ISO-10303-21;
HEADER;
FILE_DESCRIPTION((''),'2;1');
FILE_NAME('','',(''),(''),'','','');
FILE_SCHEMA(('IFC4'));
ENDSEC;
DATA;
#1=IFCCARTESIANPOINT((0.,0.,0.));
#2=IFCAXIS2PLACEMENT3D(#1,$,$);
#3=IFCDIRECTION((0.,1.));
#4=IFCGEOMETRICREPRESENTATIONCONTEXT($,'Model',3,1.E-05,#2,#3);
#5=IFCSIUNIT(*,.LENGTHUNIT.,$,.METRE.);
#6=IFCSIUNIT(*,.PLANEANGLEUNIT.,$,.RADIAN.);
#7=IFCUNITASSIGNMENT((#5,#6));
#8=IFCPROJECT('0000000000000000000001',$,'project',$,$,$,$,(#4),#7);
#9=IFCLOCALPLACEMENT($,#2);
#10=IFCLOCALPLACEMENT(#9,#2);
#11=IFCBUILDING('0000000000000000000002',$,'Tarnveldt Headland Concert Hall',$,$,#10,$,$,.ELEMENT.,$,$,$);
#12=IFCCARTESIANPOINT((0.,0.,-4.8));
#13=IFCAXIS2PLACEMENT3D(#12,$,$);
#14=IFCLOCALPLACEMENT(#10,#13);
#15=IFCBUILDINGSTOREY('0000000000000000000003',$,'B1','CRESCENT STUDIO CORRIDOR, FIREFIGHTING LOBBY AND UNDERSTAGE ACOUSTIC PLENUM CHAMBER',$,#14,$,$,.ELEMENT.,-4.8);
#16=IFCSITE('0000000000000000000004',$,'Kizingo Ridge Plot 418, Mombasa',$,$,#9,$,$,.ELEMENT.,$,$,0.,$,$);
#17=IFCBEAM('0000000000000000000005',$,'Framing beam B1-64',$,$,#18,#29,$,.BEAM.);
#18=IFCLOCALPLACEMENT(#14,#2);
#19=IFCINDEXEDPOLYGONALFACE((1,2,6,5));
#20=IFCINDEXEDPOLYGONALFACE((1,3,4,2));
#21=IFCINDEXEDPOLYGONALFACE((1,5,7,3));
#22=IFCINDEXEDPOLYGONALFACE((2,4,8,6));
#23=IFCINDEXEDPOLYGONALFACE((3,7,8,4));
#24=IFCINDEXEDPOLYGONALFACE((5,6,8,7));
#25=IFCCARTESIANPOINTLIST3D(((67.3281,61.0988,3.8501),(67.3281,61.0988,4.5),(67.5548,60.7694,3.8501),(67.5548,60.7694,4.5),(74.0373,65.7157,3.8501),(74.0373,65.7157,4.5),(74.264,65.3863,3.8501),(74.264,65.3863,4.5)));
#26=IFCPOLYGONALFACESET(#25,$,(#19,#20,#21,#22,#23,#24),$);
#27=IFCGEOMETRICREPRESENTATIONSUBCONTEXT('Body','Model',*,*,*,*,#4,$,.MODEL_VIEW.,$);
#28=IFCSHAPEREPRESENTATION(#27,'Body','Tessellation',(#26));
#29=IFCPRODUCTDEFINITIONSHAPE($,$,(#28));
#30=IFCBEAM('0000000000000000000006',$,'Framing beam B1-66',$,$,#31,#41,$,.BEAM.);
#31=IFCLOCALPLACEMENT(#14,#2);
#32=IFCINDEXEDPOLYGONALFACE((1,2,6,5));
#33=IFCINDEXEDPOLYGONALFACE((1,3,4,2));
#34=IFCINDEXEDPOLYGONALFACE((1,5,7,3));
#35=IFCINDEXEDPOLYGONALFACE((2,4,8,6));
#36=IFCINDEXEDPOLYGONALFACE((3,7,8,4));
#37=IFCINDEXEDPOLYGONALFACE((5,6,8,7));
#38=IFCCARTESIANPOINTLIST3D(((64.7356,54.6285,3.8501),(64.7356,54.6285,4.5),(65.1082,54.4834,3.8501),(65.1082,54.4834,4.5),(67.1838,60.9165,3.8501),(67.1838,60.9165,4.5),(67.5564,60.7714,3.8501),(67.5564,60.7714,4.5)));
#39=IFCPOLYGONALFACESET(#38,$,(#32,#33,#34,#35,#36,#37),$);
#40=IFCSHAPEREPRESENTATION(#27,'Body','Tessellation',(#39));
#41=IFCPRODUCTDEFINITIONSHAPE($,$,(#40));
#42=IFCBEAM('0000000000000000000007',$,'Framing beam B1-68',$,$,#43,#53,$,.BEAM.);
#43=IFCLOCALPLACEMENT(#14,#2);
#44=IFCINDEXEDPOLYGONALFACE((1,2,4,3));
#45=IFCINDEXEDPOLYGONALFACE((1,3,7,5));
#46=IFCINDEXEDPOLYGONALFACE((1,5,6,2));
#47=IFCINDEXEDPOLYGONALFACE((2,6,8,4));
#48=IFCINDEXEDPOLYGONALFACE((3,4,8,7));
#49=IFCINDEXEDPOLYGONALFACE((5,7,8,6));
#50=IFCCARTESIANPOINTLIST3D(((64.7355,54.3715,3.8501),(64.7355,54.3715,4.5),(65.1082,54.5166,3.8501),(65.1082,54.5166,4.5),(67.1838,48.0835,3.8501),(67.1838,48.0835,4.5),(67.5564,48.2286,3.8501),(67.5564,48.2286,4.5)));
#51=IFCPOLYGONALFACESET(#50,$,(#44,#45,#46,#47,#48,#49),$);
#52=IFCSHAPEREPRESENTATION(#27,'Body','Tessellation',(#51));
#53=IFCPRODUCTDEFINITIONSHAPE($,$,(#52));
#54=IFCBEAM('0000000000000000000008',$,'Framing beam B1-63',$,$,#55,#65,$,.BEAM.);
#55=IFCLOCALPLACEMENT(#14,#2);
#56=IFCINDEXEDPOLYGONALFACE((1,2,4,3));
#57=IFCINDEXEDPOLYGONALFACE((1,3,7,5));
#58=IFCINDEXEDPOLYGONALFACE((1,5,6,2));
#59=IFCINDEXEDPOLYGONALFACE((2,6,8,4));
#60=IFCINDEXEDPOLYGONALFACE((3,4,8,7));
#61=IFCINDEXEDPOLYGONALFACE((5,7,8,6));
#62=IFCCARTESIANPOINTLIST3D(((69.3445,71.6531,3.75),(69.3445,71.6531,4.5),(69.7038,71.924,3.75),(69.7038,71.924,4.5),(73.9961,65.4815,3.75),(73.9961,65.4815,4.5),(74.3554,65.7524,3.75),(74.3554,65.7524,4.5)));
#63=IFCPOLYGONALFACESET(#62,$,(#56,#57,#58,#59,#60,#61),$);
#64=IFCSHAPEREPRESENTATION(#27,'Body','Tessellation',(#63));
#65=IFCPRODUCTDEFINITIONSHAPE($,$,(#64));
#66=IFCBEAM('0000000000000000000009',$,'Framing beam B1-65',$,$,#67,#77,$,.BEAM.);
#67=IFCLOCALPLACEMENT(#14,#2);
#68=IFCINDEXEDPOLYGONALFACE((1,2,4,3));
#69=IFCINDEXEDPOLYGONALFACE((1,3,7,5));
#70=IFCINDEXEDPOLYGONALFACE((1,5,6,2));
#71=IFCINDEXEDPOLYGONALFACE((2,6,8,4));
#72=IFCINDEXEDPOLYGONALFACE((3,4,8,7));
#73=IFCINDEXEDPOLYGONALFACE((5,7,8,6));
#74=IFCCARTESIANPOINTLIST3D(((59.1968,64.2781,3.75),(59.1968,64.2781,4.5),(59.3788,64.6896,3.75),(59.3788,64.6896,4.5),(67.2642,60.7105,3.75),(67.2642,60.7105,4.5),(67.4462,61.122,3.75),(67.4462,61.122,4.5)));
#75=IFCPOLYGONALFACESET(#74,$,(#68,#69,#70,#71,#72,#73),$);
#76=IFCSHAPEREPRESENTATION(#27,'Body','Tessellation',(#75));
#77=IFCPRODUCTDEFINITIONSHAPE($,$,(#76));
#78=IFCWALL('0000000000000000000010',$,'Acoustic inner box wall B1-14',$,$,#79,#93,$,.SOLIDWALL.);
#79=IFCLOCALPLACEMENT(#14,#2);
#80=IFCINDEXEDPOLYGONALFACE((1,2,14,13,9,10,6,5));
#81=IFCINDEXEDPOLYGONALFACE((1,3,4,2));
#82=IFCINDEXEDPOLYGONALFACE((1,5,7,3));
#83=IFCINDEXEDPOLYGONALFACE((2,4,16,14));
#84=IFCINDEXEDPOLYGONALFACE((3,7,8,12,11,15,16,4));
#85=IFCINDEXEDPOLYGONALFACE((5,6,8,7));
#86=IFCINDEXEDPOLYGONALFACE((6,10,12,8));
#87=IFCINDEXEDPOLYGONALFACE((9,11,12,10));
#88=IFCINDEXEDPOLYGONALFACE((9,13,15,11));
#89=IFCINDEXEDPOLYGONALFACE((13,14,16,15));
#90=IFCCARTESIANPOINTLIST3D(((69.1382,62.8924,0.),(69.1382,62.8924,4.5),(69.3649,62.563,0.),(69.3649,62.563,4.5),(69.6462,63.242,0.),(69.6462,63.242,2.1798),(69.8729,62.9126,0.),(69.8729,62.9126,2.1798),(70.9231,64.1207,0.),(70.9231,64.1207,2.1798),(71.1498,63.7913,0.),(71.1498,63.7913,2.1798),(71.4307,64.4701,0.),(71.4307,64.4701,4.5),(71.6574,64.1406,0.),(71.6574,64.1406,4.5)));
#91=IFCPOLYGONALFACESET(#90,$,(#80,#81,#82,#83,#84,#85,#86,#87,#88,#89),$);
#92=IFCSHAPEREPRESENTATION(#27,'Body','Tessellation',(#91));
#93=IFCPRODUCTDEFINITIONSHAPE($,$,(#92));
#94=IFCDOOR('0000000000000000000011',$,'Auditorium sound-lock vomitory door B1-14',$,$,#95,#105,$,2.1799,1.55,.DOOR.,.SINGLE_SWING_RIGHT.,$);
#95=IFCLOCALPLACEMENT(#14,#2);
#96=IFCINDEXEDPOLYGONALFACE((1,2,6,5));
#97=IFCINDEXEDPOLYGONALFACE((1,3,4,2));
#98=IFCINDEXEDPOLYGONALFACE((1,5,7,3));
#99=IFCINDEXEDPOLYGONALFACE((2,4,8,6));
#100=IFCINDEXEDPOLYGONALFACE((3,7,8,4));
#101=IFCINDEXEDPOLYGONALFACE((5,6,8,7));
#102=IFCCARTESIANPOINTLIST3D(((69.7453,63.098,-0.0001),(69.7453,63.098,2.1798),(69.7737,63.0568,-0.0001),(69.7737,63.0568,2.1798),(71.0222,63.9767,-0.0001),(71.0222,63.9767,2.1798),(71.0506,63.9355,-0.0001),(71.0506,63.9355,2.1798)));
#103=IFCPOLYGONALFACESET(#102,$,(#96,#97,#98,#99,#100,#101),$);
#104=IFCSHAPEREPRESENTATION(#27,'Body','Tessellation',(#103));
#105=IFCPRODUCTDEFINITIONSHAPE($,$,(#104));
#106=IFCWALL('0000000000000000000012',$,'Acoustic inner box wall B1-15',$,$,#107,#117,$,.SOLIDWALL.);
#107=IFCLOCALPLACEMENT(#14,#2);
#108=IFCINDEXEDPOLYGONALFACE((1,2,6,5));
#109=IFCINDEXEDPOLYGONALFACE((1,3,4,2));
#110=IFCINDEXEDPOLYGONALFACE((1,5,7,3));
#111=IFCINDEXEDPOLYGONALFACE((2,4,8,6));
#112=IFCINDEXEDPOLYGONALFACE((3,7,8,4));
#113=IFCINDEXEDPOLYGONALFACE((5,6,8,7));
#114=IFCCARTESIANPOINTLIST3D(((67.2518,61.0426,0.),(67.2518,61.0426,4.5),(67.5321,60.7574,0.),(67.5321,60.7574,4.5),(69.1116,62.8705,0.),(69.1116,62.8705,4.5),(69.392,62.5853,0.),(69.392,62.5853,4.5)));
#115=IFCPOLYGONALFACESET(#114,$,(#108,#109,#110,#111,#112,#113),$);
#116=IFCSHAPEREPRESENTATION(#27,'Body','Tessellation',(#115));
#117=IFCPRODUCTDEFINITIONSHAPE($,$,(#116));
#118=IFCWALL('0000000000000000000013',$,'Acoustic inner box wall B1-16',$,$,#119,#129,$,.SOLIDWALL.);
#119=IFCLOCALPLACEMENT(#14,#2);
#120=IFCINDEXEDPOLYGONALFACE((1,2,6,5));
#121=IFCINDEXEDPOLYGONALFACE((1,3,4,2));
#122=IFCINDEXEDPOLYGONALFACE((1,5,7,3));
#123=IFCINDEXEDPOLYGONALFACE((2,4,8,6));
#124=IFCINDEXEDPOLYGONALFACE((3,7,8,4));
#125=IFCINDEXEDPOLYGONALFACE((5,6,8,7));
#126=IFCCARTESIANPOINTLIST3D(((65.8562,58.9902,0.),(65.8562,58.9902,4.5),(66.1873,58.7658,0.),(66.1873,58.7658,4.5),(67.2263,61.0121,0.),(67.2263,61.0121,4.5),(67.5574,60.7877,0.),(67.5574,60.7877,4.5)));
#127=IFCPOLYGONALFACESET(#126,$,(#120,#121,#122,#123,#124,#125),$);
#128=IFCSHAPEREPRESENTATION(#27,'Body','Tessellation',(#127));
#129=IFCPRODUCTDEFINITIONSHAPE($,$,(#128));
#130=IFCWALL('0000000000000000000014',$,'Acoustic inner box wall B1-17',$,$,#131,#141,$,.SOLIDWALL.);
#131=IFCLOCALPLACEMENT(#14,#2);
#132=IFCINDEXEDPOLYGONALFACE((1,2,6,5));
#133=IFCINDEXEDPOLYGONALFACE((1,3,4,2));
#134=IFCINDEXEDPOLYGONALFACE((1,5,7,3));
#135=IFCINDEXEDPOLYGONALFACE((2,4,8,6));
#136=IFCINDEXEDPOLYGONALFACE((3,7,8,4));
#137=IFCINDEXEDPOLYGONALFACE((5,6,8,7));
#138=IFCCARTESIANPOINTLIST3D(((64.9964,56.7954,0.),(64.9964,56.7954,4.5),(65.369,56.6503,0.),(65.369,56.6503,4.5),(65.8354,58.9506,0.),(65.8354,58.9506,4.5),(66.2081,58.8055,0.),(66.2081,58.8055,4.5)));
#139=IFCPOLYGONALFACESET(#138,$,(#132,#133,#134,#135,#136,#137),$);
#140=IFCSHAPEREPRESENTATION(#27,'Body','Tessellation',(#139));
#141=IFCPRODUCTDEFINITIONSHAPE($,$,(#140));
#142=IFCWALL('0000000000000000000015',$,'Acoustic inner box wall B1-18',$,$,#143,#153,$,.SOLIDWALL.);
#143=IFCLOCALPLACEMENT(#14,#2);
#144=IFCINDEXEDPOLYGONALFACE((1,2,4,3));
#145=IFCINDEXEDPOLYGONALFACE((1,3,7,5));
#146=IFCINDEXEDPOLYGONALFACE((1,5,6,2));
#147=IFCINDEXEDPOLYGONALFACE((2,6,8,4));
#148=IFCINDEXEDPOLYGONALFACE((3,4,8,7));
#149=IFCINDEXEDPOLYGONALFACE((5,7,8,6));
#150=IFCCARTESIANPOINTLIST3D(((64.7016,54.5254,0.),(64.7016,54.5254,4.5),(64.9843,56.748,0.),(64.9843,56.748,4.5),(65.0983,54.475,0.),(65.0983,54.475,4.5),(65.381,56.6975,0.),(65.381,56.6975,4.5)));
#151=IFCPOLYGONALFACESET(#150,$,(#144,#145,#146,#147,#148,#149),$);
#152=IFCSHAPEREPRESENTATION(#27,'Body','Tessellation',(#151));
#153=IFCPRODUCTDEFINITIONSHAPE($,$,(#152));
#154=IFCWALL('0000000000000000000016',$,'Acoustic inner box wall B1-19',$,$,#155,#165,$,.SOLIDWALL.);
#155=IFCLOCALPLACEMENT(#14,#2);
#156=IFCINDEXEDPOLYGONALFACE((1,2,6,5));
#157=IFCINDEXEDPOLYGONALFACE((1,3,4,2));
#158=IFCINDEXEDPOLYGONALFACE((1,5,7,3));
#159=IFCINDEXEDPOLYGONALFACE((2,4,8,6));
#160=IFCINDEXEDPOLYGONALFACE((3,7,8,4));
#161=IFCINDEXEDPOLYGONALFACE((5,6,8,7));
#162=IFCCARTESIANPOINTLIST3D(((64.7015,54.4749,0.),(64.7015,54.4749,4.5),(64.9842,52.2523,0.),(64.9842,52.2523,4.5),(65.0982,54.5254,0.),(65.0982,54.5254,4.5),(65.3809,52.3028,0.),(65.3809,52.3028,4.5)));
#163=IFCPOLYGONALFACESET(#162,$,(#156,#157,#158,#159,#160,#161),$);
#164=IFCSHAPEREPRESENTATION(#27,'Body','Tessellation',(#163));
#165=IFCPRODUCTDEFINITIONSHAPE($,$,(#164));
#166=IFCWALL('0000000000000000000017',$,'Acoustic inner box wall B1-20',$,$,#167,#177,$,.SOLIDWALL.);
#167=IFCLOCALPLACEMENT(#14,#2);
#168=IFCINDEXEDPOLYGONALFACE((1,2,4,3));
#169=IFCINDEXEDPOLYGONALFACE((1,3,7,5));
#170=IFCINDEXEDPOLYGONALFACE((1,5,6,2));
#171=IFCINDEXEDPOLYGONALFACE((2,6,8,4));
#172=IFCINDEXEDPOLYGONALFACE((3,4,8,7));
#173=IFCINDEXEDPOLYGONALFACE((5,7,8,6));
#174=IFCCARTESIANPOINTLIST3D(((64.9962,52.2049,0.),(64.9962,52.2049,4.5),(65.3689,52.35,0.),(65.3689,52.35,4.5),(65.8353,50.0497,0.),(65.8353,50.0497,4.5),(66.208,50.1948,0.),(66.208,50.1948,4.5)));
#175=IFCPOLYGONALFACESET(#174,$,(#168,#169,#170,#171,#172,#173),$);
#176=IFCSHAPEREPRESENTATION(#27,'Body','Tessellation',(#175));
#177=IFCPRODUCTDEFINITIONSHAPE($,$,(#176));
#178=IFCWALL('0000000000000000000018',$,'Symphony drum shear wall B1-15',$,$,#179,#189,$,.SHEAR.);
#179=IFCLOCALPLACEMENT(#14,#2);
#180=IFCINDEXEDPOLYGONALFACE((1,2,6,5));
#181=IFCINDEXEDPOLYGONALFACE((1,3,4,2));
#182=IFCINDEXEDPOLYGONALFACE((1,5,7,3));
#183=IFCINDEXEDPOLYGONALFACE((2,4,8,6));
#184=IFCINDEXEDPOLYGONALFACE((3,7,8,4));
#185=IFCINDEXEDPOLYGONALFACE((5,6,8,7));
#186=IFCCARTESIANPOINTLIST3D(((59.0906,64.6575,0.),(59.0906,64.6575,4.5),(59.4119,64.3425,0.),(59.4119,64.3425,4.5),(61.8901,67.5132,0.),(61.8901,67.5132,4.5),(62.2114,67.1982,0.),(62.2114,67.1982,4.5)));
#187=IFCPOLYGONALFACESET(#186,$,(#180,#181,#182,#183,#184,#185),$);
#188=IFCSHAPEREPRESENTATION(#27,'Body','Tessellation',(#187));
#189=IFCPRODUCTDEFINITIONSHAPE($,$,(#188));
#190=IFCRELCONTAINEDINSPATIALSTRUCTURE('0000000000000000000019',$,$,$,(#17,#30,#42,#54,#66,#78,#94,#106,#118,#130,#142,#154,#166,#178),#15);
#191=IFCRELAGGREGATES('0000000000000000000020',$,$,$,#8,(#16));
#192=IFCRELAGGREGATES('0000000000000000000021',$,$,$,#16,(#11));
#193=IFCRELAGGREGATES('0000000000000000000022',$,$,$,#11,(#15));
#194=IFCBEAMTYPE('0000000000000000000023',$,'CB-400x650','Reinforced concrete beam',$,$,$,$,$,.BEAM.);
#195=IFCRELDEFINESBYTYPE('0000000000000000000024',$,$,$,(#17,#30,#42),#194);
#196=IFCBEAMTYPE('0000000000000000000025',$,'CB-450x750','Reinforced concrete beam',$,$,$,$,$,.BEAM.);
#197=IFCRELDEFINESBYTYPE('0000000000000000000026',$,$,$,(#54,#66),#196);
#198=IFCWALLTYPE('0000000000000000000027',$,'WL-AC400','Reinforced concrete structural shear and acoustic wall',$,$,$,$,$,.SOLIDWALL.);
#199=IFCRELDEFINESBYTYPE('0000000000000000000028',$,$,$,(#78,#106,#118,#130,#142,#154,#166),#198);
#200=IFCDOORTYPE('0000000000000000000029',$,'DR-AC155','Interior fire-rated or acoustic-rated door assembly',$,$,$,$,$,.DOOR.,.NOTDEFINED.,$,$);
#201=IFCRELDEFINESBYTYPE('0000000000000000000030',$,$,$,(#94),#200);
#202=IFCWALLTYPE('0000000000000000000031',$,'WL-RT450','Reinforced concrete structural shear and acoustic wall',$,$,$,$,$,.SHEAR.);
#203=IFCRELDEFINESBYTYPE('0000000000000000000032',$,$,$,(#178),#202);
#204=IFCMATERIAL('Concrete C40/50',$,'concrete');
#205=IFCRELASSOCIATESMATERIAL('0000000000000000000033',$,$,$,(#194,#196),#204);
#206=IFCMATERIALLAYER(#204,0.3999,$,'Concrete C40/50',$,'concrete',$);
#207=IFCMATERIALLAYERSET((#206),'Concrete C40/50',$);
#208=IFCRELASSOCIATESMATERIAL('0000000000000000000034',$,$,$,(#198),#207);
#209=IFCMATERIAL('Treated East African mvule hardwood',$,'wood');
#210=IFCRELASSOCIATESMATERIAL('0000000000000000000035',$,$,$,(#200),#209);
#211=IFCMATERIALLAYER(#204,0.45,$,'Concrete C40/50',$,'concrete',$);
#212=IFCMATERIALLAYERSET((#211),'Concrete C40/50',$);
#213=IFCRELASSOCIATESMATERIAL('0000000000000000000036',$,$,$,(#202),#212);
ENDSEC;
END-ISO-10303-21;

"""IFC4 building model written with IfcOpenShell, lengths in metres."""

from ifc_helpers import new_model, si_unit, direction, frame, frame_2d, origin, origin_2d, place, context, subcontext, project, spatial, rectangle, extrude, material, layer, layer_set, material_profile, profile_set, type_object, element, fill, save


model = new_model("IFC4")

# Units and contexts
model_context = context("Model", 3, precision=1e-05, world=origin(), true_north=direction((0.0, 1.0)))
body_context = subcontext(model_context, "Body", "Model", "MODEL_VIEW")
ifc_project = project(units=[si_unit("LENGTHUNIT", "METRE"), si_unit("PLANEANGLEUNIT", "RADIAN")], contexts=[model_context])

# Site, building, storey
site_placement = place(None, origin())
site = spatial("IfcSite", under=ifc_project, at=site_placement, Name="Kizingo Ridge Plot 418, Mombasa", CompositionType="ELEMENT", RefElevation=0.0)
building_placement = place(site_placement, origin())
building = spatial("IfcBuilding", under=site, at=building_placement, Name="Tarnveldt Headland Concert Hall", CompositionType="ELEMENT")
storey_placement = place(building_placement, frame((0.0, 0.0, -4.8)))
storey = spatial("IfcBuildingStorey", under=building, at=storey_placement, Name="B1", Description="CRESCENT STUDIO CORRIDOR, FIREFIGHTING LOBBY AND UNDERSTAGE ACOUSTIC PLENUM CHAMBER", CompositionType="ELEMENT", Elevation=-4.8)

# Shared definitions
ifc_material_1 = material(Name="Concrete C40/50", Category="concrete")

# Beams
ifc_material_profile_1 = material_profile(ifc_material_1, rectangle(XDim=0.3999, YDim=0.6499, at=origin_2d()), Name="RC 400x650", Category="concrete")
ifc_profile_set_1 = profile_set([ifc_material_profile_1], Name="Concrete C40/50")
beam_type_1 = type_object("IfcBeamType", Name="CB-400x650", Description="Reinforced concrete beam", PredefinedType="BEAM", material=ifc_profile_set_1)
beam_1_placement = place(storey_placement, frame((74.1506, 65.551, 4.175), z_axis=(-0.823793, -0.566891, 0.0), x_axis=(0.566891, -0.823793, 0.0)))
element("IfcBeam", 1, at=beam_1_placement, inside=storey, type_object=beam_type_1, Name="Framing beam B1-64", PredefinedType="BEAM", context=body_context, shape_type="SweptSolid", body=[
    extrude(rectangle(XDim=0.3999, YDim=0.6499, at=origin_2d()), origin(), (0.0, 0.0, 1.0), 8.1443),
])
for number, where, z_axis, x_axis, name in (
    (2, (67.3701, 60.844, 4.175), (-0.362816, -0.931861, 0.0), (0.931861, -0.362816, 0.0), "Framing beam B1-66"),
    (3, (64.9219, 54.4441, 4.175), (0.362816, -0.931861, 0.0), (0.931861, 0.362816, 0.0), "Framing beam B1-68"),
):
    element("IfcBeam", number, at=place(storey_placement, frame(where, z_axis=z_axis, x_axis=x_axis)), inside=storey, type_object=beam_type_1, Name=name, PredefinedType="BEAM", context=body_context, shape_type="SweptSolid", body=[
        extrude(rectangle(XDim=0.3999, YDim=0.6499, at=origin_2d()), origin(), (0.0, 0.0, 1.0), 6.7478),
    ])
ifc_material_profile_2 = material_profile(ifc_material_1, rectangle(XDim=0.45, YDim=0.75, at=origin_2d()), Name="RC 450x750", Category="concrete")
ifc_profile_set_2 = profile_set([ifc_material_profile_2], Name="Concrete C40/50")
beam_type_2 = type_object("IfcBeamType", Name="CB-450x750", Description="Reinforced concrete beam", PredefinedType="BEAM", material=ifc_profile_set_2)
beam_2_placement = place(storey_placement, frame((74.1758, 65.6169, 4.125), z_axis=(-0.601894, 0.798576, 0.0), x_axis=(-0.798576, -0.601894, 0.0)))
element("IfcBeam", 4, at=beam_2_placement, inside=storey, type_object=beam_type_2, Name="Framing beam B1-63", PredefinedType="BEAM", context=body_context, shape_type="SweptSolid", body=[
    extrude(rectangle(XDim=0.45, YDim=0.75, at=origin_2d()), origin(), (0.0, 0.0, 1.0), 7.7283),
])
beam_3_placement = place(storey_placement, frame((67.3552, 60.9163, 4.125), z_axis=(-0.914562, 0.404445, 0.0), x_axis=(-0.404445, -0.914562, 0.0)))
element("IfcBeam", 5, at=beam_3_placement, inside=storey, type_object=beam_type_2, Name="Framing beam B1-65", PredefinedType="BEAM", context=body_context, shape_type="SweptSolid", body=[
    extrude(rectangle(XDim=0.45, YDim=0.75, at=origin_2d()), origin(), (0.0, 0.0, 1.0), 8.821),
])

# Wall, opening, door
ifc_layer_1 = layer(ifc_material_1, 0.3999, Name="Concrete C40/50", Category="concrete")
ifc_layer_set_1 = layer_set([ifc_layer_1], Name="Concrete C40/50")
wall_type_1 = type_object("IfcWallType", Name="WL-AC400", Description="Reinforced concrete structural shear and acoustic wall", PredefinedType="SOLIDWALL", material=ifc_layer_set_1)
wall_1_placement = place(storey_placement, frame((71.5442, 64.3054, 0.0), z_axis=(0.0, 0.0, 1.0), x_axis=(-0.823781, -0.566909, 0.0)))
wall_1 = element("IfcWall", 6, at=wall_1_placement, inside=storey, type_object=wall_type_1, Name="Acoustic inner box wall B1-14", PredefinedType="SOLIDWALL", context=body_context, shape_type="SweptSolid", body=[
    extrude(rectangle(XDim=2.783, YDim=0.3999, at=frame_2d((1.3916, 0.0))), origin(), (0.0, 0.0, 1.0), 4.5),
])
opening_1_placement = place(wall_1_placement, frame((0.6165, 0.0, 0.0)))
opening_1 = element("IfcOpeningElement", 7, at=opening_1_placement, cuts=wall_1, PredefinedType="OPENING", context=body_context, shape_type="SweptSolid", body=[
    extrude(rectangle(XDim=1.55, YDim=2.1799, at=frame_2d((0.7749, 1.0898))), frame((0.0, 0.21, 0.0), z_axis=(0.0, -1.0, 0.0), x_axis=(1.0, 0.0, 0.0)), (0.0, 0.0, 1.0), 0.4199),
])
ifc_material_2 = material(Name="Treated East African mvule hardwood", Category="wood")
door_type_1 = type_object("IfcDoorType", Name="DR-AC155", Description="Interior fire-rated or acoustic-rated door assembly", OperationType="NOTDEFINED", PredefinedType="DOOR", material=ifc_material_2)
door_1_placement = place(opening_1_placement, origin())
door_1 = element("IfcDoor", 8, at=door_1_placement, inside=storey, type_object=door_type_1, Name="Auditorium sound-lock vomitory door B1-14", OperationType="SINGLE_SWING_RIGHT", OverallHeight=2.1799, OverallWidth=1.55, PredefinedType="DOOR", context=body_context, shape_type="SweptSolid", body=[
    extrude(rectangle(XDim=1.55, YDim=2.1799, at=frame_2d((0.7749, 1.0898))), frame((0.0, 0.0249, 0.0), z_axis=(0.0, -1.0, 0.0), x_axis=(1.0, 0.0, 0.0)), (0.0, 0.0, 1.0), 0.05),
])
fill(opening_1, door_1)

# Walls
wall_2_placement = place(storey_placement, frame((69.2517, 62.7278, 0.0), z_axis=(0.0, 0.0, 1.0), x_axis=(-0.713212, -0.700948, 0.0)))
element("IfcWall", 9, at=wall_2_placement, inside=storey, type_object=wall_type_1, Name="Acoustic inner box wall B1-15", PredefinedType="SOLIDWALL", context=body_context, shape_type="SweptSolid", body=[
    extrude(rectangle(XDim=2.6077, YDim=0.3999, at=frame_2d((1.3037, 0.0))), origin(), (0.0, 0.0, 1.0), 4.5),
])
wall_3_placement = place(storey_placement, frame((67.3918, 60.8999, 0.0), z_axis=(0.0, 0.0, 1.0), x_axis=(-0.560959, -0.827844, 0.0)))
element("IfcWall", 10, at=wall_3_placement, inside=storey, type_object=wall_type_1, Name="Acoustic inner box wall B1-16", PredefinedType="SOLIDWALL", context=body_context, shape_type="SweptSolid", body=[
    extrude(rectangle(XDim=2.4424, YDim=0.3999, at=frame_2d((1.2212, 0.0))), origin(), (0.0, 0.0, 1.0), 4.5),
])
wall_4_placement = place(storey_placement, frame((66.0217, 58.8779, 0.0), z_axis=(0.0, 0.0, 1.0), x_axis=(-0.362803, -0.931866, 0.0)))
element("IfcWall", 11, at=wall_4_placement, inside=storey, type_object=wall_type_1, Name="Acoustic inner box wall B1-17", PredefinedType="SOLIDWALL", context=body_context, shape_type="SweptSolid", body=[
    extrude(rectangle(XDim=2.3127, YDim=0.3999, at=frame_2d((1.1562, 0.0))), origin(), (0.0, 0.0, 1.0), 4.5),
])
for number, where, z_axis, x_axis, name in (
    (12, (65.1826, 56.7227, 0.0), (0.0, 0.0, 1.0), (-0.12618, -0.992007, 0.0), "Acoustic inner box wall B1-18"),
    (13, (64.8999, 54.5, 0.0), (0.0, 0.0, 1.0), (0.12618, -0.992007, 0.0), "Acoustic inner box wall B1-19"),
):
    element("IfcWall", number, at=place(storey_placement, frame(where, z_axis=z_axis, x_axis=x_axis)), inside=storey, type_object=wall_type_1, Name=name, PredefinedType="SOLIDWALL", context=body_context, shape_type="SweptSolid", body=[
        extrude(rectangle(XDim=2.2405, YDim=0.3999, at=frame_2d((1.1201, 0.0))), origin(), (0.0, 0.0, 1.0), 4.5),
    ])
wall_5_placement = place(storey_placement, frame((65.1826, 52.2773, 0.0), z_axis=(0.0, 0.0, 1.0), x_axis=(0.362803, -0.931866, 0.0)))
element("IfcWall", 14, at=wall_5_placement, inside=storey, type_object=wall_type_1, Name="Acoustic inner box wall B1-20", PredefinedType="SOLIDWALL", context=body_context, shape_type="SweptSolid", body=[
    extrude(rectangle(XDim=2.3127, YDim=0.3999, at=frame_2d((1.1562, 0.0))), origin(), (0.0, 0.0, 1.0), 4.5),
])

# Wall
ifc_layer_2 = layer(ifc_material_1, 0.45, Name="Concrete C40/50", Category="concrete")
ifc_layer_set_2 = layer_set([ifc_layer_2], Name="Concrete C40/50")
wall_type_2 = type_object("IfcWallType", Name="WL-RT450", Description="Reinforced concrete structural shear and acoustic wall", PredefinedType="SHEAR", material=ifc_layer_set_2)
wall_6_placement = place(storey_placement, frame((62.0508, 67.3557, 0.0), z_axis=(0.0, 0.0, 1.0), x_axis=(-0.700051, -0.714093, 0.0)))
element("IfcWall", 15, at=wall_6_placement, inside=storey, type_object=wall_type_2, Name="Symphony drum shear wall B1-15", PredefinedType="SHEAR", context=body_context, shape_type="SweptSolid", body=[
    extrude(rectangle(XDim=3.999, YDim=0.45, at=frame_2d((1.9995, 0.0))), origin(), (0.0, 0.0, 1.0), 4.5),
])

save(model, "model.ifc")
